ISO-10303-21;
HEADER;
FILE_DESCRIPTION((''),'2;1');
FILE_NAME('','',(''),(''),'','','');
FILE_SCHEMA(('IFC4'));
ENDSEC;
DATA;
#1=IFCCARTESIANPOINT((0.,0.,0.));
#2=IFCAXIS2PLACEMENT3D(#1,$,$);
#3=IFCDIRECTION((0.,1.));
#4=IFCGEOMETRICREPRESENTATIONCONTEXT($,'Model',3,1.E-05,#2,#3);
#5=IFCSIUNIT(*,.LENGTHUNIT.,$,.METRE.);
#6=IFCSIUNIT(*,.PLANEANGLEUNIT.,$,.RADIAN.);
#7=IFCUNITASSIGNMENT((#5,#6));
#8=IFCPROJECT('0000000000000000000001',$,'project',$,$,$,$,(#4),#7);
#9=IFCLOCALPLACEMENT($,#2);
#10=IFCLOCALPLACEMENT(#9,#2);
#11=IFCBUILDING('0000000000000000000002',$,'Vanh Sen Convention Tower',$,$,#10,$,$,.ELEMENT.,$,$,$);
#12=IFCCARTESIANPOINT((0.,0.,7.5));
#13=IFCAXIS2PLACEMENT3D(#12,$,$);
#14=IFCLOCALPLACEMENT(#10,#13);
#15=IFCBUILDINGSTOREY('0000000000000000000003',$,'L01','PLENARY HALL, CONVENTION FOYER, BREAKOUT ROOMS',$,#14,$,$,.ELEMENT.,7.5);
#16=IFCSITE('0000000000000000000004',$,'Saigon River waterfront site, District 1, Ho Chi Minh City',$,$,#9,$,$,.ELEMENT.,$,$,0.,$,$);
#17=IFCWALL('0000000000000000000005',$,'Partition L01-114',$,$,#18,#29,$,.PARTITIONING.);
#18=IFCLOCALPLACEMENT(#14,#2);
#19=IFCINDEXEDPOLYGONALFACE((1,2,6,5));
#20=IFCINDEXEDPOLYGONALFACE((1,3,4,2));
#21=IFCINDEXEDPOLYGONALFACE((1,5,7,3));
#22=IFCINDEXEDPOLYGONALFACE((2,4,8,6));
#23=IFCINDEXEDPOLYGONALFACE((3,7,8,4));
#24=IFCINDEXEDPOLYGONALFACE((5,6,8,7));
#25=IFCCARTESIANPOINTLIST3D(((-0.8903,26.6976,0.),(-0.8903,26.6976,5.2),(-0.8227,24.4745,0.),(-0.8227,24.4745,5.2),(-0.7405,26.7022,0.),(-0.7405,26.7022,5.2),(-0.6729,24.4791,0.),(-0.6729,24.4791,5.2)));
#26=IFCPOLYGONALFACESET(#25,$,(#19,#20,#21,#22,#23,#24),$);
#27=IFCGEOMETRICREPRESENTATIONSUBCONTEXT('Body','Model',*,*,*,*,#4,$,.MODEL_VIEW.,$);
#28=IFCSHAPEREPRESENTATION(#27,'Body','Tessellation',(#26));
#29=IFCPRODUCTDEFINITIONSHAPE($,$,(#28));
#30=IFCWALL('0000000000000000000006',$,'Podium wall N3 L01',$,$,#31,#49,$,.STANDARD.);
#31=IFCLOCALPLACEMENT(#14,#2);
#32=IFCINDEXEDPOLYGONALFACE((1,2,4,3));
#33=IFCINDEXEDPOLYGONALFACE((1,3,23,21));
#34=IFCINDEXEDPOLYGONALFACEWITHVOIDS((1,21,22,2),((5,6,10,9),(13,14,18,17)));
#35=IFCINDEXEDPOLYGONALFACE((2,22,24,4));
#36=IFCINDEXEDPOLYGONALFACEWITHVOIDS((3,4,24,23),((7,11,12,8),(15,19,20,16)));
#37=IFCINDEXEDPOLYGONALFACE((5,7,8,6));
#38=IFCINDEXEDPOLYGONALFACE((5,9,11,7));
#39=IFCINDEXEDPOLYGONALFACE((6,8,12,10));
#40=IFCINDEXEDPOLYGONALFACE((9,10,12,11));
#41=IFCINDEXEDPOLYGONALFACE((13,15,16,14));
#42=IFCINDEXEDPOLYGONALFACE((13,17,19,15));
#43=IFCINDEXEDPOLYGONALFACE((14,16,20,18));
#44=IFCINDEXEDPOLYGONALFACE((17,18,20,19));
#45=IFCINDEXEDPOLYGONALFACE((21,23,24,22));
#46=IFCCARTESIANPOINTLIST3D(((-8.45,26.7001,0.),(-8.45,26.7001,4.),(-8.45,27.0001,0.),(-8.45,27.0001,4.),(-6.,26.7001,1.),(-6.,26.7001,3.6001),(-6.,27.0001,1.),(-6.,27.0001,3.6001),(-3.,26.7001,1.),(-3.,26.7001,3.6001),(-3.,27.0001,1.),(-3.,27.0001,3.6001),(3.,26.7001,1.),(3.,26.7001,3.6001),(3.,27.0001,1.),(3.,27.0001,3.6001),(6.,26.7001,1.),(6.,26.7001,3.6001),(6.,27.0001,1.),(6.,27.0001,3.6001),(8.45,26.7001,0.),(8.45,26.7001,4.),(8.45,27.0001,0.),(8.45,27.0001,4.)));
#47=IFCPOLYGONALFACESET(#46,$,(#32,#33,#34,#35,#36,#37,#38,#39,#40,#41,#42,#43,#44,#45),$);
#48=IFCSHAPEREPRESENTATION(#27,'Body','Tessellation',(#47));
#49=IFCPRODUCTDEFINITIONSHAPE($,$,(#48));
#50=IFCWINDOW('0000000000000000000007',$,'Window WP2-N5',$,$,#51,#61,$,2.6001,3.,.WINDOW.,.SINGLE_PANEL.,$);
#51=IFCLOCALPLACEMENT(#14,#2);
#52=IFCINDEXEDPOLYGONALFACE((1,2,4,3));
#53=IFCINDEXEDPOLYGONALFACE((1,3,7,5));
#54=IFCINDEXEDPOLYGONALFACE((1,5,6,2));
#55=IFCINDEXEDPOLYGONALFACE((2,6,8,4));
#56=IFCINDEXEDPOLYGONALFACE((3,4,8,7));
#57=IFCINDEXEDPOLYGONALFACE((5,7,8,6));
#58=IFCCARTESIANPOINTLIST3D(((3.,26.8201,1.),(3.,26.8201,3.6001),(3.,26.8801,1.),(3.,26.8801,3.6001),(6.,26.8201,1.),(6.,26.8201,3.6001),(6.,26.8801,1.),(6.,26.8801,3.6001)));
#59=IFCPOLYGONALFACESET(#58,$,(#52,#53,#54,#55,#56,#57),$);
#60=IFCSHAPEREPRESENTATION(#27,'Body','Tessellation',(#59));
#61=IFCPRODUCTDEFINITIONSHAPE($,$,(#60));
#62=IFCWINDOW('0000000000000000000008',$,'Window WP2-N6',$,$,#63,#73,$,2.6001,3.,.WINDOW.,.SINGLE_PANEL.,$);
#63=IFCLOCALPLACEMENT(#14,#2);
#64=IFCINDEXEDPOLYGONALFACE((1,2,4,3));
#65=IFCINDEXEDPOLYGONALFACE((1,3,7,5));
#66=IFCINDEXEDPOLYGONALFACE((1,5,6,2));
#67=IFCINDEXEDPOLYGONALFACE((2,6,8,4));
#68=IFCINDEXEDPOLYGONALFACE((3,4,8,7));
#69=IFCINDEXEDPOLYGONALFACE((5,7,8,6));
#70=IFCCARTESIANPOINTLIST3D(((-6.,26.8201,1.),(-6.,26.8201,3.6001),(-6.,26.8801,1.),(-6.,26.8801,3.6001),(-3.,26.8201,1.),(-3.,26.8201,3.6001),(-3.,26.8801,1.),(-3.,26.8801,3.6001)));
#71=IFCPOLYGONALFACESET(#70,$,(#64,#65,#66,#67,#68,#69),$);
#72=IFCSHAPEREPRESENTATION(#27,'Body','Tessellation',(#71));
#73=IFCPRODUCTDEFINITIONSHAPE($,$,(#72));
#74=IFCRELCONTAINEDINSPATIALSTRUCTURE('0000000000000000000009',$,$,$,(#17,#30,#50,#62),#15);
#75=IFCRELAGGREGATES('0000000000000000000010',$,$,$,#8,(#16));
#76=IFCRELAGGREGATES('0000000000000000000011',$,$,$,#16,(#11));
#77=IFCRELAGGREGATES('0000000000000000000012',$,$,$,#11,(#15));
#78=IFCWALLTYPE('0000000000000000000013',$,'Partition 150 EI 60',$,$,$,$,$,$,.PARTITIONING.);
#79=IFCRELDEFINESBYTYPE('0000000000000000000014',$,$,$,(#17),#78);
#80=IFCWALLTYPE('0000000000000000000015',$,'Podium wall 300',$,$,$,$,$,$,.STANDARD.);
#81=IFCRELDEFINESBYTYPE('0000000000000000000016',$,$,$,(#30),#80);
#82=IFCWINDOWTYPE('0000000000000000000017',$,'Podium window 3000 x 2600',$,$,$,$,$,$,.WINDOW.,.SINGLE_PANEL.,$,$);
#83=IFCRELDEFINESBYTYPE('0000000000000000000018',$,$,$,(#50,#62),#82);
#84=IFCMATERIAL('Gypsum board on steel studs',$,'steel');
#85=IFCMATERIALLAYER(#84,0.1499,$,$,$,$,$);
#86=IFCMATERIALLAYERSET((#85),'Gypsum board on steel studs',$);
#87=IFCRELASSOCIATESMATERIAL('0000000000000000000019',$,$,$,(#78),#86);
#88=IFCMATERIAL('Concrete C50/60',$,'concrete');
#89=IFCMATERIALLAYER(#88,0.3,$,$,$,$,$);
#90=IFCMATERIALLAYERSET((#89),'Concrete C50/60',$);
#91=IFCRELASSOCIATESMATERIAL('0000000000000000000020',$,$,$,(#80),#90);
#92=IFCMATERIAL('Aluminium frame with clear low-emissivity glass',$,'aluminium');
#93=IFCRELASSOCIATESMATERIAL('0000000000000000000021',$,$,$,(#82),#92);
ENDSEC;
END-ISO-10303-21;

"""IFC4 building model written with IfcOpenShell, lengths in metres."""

from ifc_helpers import new_model, si_unit, direction, frame, frame_2d, origin, place, context, subcontext, project, spatial, rectangle, extrude, material, layer, layer_set, type_object, element, fill, save


model = new_model("IFC4")

# Units and contexts
model_context = context("Model", 3, precision=1e-05, world=origin(), true_north=direction((0.0, 1.0)))
body_context = subcontext(model_context, "Body", "Model", "MODEL_VIEW")
ifc_project = project(units=[si_unit("LENGTHUNIT", "METRE"), si_unit("PLANEANGLEUNIT", "RADIAN")], contexts=[model_context])

# Site, building, storey
site_placement = place(None, origin())
site = spatial("IfcSite", under=ifc_project, at=site_placement, Name="Saigon River waterfront site, District 1, Ho Chi Minh City", CompositionType="ELEMENT", RefElevation=0.0)
building_placement = place(site_placement, origin())
building = spatial("IfcBuilding", under=site, at=building_placement, Name="Vanh Sen Convention Tower", CompositionType="ELEMENT")
storey_placement = place(building_placement, frame((0.0, 0.0, 7.5)))
storey = spatial("IfcBuildingStorey", under=building, at=storey_placement, Name="L01", Description="PLENARY HALL, CONVENTION FOYER, BREAKOUT ROOMS", CompositionType="ELEMENT", Elevation=7.5)

# Wall
ifc_material_1 = material(Name="Gypsum board on steel studs", Category="steel")
ifc_layer_1 = layer(ifc_material_1, 0.1499)
ifc_layer_set_1 = layer_set([ifc_layer_1], Name="Gypsum board on steel studs")
wall_type_1 = type_object("IfcWallType", Name="Partition 150 EI 60", PredefinedType="PARTITIONING", material=ifc_layer_set_1)
wall_1_placement = place(storey_placement, frame((-0.7478, 24.4768, 0.0), z_axis=(0.0, 0.0, 1.0), x_axis=(-0.030405, 0.999538, 0.0)))
element("IfcWall", 1, at=wall_1_placement, inside=storey, type_object=wall_type_1, Name="Partition L01-114", PredefinedType="PARTITIONING", context=body_context, shape_type="SweptSolid", body=[
    extrude(rectangle(XDim=2.2241, YDim=0.1499, at=frame_2d((1.1121, 0.0))), origin(), (0.0, 0.0, 1.0), 5.2),
])

# Wall, openings, windows
ifc_material_2 = material(Name="Concrete C50/60", Category="concrete")
ifc_layer_2 = layer(ifc_material_2, 0.3)
ifc_layer_set_2 = layer_set([ifc_layer_2], Name="Concrete C50/60")
wall_type_2 = type_object("IfcWallType", Name="Podium wall 300", PredefinedType="STANDARD", material=ifc_layer_set_2)
wall_2_placement = place(storey_placement, frame((8.45, 26.8501, 0.0), z_axis=(0.0, 0.0, 1.0), x_axis=(-1.0, 0.0, 0.0)))
wall_2 = element("IfcWall", 2, at=wall_2_placement, inside=storey, type_object=wall_type_2, Name="Podium wall N3 L01", PredefinedType="STANDARD", context=body_context, shape_type="SweptSolid", body=[
    extrude(rectangle(XDim=16.8999, YDim=0.3, at=frame_2d((8.45, 0.0))), origin(), (0.0, 0.0, 1.0), 4.0),
])
opening_1_placement = place(wall_2_placement, frame((2.45, 0.0, 1.0)))
opening_1 = element("IfcOpeningElement", 3, at=opening_1_placement, cuts=wall_2, PredefinedType="OPENING", context=body_context, shape_type="SweptSolid", body=[
    extrude(rectangle(XDim=3.0, YDim=2.6001, at=frame_2d((1.5, 1.3))), frame((0.0, 0.1599, 0.0), z_axis=(0.0, -1.0, 0.0), x_axis=(1.0, 0.0, 0.0)), (0.0, 0.0, 1.0), 0.3201),
])
opening_2_placement = place(wall_2_placement, frame((11.45, 0.0, 1.0)))
opening_2 = element("IfcOpeningElement", 4, at=opening_2_placement, cuts=wall_2, PredefinedType="OPENING", context=body_context, shape_type="SweptSolid", body=[
    extrude(rectangle(XDim=3.0, YDim=2.6001, at=frame_2d((1.5, 1.3))), frame((0.0, 0.1599, 0.0), z_axis=(0.0, -1.0, 0.0), x_axis=(1.0, 0.0, 0.0)), (0.0, 0.0, 1.0), 0.3201),
])
ifc_material_3 = material(Name="Aluminium frame with clear low-emissivity glass", Category="aluminium")
window_type = type_object("IfcWindowType", Name="Podium window 3000 x 2600", PartitioningType="SINGLE_PANEL", PredefinedType="WINDOW", material=ifc_material_3)
window_1_placement = place(opening_1_placement, origin())
window_1 = element("IfcWindow", 5, at=window_1_placement, inside=storey, type_object=window_type, Name="Window WP2-N5", OverallHeight=2.6001, OverallWidth=3.0, PartitioningType="SINGLE_PANEL", PredefinedType="WINDOW", context=body_context, shape_type="SweptSolid", body=[
    extrude(rectangle(XDim=3.0, YDim=2.6001, at=frame_2d((1.5, 1.3))), frame((0.0, 0.03, 0.0), z_axis=(0.0, -1.0, 0.0), x_axis=(1.0, 0.0, 0.0)), (0.0, 0.0, 1.0), 0.0601),
])
fill(opening_1, window_1)
window_2_placement = place(opening_2_placement, origin())
window_2 = element("IfcWindow", 6, at=window_2_placement, inside=storey, type_object=window_type, Name="Window WP2-N6", OverallHeight=2.6001, OverallWidth=3.0, PartitioningType="SINGLE_PANEL", PredefinedType="WINDOW", context=body_context, shape_type="SweptSolid", body=[
    extrude(rectangle(XDim=3.0, YDim=2.6001, at=frame_2d((1.5, 1.3))), frame((0.0, 0.03, 0.0), z_axis=(0.0, -1.0, 0.0), x_axis=(1.0, 0.0, 0.0)), (0.0, 0.0, 1.0), 0.0601),
])
fill(opening_2, window_2)

save(model, "model.ifc")
